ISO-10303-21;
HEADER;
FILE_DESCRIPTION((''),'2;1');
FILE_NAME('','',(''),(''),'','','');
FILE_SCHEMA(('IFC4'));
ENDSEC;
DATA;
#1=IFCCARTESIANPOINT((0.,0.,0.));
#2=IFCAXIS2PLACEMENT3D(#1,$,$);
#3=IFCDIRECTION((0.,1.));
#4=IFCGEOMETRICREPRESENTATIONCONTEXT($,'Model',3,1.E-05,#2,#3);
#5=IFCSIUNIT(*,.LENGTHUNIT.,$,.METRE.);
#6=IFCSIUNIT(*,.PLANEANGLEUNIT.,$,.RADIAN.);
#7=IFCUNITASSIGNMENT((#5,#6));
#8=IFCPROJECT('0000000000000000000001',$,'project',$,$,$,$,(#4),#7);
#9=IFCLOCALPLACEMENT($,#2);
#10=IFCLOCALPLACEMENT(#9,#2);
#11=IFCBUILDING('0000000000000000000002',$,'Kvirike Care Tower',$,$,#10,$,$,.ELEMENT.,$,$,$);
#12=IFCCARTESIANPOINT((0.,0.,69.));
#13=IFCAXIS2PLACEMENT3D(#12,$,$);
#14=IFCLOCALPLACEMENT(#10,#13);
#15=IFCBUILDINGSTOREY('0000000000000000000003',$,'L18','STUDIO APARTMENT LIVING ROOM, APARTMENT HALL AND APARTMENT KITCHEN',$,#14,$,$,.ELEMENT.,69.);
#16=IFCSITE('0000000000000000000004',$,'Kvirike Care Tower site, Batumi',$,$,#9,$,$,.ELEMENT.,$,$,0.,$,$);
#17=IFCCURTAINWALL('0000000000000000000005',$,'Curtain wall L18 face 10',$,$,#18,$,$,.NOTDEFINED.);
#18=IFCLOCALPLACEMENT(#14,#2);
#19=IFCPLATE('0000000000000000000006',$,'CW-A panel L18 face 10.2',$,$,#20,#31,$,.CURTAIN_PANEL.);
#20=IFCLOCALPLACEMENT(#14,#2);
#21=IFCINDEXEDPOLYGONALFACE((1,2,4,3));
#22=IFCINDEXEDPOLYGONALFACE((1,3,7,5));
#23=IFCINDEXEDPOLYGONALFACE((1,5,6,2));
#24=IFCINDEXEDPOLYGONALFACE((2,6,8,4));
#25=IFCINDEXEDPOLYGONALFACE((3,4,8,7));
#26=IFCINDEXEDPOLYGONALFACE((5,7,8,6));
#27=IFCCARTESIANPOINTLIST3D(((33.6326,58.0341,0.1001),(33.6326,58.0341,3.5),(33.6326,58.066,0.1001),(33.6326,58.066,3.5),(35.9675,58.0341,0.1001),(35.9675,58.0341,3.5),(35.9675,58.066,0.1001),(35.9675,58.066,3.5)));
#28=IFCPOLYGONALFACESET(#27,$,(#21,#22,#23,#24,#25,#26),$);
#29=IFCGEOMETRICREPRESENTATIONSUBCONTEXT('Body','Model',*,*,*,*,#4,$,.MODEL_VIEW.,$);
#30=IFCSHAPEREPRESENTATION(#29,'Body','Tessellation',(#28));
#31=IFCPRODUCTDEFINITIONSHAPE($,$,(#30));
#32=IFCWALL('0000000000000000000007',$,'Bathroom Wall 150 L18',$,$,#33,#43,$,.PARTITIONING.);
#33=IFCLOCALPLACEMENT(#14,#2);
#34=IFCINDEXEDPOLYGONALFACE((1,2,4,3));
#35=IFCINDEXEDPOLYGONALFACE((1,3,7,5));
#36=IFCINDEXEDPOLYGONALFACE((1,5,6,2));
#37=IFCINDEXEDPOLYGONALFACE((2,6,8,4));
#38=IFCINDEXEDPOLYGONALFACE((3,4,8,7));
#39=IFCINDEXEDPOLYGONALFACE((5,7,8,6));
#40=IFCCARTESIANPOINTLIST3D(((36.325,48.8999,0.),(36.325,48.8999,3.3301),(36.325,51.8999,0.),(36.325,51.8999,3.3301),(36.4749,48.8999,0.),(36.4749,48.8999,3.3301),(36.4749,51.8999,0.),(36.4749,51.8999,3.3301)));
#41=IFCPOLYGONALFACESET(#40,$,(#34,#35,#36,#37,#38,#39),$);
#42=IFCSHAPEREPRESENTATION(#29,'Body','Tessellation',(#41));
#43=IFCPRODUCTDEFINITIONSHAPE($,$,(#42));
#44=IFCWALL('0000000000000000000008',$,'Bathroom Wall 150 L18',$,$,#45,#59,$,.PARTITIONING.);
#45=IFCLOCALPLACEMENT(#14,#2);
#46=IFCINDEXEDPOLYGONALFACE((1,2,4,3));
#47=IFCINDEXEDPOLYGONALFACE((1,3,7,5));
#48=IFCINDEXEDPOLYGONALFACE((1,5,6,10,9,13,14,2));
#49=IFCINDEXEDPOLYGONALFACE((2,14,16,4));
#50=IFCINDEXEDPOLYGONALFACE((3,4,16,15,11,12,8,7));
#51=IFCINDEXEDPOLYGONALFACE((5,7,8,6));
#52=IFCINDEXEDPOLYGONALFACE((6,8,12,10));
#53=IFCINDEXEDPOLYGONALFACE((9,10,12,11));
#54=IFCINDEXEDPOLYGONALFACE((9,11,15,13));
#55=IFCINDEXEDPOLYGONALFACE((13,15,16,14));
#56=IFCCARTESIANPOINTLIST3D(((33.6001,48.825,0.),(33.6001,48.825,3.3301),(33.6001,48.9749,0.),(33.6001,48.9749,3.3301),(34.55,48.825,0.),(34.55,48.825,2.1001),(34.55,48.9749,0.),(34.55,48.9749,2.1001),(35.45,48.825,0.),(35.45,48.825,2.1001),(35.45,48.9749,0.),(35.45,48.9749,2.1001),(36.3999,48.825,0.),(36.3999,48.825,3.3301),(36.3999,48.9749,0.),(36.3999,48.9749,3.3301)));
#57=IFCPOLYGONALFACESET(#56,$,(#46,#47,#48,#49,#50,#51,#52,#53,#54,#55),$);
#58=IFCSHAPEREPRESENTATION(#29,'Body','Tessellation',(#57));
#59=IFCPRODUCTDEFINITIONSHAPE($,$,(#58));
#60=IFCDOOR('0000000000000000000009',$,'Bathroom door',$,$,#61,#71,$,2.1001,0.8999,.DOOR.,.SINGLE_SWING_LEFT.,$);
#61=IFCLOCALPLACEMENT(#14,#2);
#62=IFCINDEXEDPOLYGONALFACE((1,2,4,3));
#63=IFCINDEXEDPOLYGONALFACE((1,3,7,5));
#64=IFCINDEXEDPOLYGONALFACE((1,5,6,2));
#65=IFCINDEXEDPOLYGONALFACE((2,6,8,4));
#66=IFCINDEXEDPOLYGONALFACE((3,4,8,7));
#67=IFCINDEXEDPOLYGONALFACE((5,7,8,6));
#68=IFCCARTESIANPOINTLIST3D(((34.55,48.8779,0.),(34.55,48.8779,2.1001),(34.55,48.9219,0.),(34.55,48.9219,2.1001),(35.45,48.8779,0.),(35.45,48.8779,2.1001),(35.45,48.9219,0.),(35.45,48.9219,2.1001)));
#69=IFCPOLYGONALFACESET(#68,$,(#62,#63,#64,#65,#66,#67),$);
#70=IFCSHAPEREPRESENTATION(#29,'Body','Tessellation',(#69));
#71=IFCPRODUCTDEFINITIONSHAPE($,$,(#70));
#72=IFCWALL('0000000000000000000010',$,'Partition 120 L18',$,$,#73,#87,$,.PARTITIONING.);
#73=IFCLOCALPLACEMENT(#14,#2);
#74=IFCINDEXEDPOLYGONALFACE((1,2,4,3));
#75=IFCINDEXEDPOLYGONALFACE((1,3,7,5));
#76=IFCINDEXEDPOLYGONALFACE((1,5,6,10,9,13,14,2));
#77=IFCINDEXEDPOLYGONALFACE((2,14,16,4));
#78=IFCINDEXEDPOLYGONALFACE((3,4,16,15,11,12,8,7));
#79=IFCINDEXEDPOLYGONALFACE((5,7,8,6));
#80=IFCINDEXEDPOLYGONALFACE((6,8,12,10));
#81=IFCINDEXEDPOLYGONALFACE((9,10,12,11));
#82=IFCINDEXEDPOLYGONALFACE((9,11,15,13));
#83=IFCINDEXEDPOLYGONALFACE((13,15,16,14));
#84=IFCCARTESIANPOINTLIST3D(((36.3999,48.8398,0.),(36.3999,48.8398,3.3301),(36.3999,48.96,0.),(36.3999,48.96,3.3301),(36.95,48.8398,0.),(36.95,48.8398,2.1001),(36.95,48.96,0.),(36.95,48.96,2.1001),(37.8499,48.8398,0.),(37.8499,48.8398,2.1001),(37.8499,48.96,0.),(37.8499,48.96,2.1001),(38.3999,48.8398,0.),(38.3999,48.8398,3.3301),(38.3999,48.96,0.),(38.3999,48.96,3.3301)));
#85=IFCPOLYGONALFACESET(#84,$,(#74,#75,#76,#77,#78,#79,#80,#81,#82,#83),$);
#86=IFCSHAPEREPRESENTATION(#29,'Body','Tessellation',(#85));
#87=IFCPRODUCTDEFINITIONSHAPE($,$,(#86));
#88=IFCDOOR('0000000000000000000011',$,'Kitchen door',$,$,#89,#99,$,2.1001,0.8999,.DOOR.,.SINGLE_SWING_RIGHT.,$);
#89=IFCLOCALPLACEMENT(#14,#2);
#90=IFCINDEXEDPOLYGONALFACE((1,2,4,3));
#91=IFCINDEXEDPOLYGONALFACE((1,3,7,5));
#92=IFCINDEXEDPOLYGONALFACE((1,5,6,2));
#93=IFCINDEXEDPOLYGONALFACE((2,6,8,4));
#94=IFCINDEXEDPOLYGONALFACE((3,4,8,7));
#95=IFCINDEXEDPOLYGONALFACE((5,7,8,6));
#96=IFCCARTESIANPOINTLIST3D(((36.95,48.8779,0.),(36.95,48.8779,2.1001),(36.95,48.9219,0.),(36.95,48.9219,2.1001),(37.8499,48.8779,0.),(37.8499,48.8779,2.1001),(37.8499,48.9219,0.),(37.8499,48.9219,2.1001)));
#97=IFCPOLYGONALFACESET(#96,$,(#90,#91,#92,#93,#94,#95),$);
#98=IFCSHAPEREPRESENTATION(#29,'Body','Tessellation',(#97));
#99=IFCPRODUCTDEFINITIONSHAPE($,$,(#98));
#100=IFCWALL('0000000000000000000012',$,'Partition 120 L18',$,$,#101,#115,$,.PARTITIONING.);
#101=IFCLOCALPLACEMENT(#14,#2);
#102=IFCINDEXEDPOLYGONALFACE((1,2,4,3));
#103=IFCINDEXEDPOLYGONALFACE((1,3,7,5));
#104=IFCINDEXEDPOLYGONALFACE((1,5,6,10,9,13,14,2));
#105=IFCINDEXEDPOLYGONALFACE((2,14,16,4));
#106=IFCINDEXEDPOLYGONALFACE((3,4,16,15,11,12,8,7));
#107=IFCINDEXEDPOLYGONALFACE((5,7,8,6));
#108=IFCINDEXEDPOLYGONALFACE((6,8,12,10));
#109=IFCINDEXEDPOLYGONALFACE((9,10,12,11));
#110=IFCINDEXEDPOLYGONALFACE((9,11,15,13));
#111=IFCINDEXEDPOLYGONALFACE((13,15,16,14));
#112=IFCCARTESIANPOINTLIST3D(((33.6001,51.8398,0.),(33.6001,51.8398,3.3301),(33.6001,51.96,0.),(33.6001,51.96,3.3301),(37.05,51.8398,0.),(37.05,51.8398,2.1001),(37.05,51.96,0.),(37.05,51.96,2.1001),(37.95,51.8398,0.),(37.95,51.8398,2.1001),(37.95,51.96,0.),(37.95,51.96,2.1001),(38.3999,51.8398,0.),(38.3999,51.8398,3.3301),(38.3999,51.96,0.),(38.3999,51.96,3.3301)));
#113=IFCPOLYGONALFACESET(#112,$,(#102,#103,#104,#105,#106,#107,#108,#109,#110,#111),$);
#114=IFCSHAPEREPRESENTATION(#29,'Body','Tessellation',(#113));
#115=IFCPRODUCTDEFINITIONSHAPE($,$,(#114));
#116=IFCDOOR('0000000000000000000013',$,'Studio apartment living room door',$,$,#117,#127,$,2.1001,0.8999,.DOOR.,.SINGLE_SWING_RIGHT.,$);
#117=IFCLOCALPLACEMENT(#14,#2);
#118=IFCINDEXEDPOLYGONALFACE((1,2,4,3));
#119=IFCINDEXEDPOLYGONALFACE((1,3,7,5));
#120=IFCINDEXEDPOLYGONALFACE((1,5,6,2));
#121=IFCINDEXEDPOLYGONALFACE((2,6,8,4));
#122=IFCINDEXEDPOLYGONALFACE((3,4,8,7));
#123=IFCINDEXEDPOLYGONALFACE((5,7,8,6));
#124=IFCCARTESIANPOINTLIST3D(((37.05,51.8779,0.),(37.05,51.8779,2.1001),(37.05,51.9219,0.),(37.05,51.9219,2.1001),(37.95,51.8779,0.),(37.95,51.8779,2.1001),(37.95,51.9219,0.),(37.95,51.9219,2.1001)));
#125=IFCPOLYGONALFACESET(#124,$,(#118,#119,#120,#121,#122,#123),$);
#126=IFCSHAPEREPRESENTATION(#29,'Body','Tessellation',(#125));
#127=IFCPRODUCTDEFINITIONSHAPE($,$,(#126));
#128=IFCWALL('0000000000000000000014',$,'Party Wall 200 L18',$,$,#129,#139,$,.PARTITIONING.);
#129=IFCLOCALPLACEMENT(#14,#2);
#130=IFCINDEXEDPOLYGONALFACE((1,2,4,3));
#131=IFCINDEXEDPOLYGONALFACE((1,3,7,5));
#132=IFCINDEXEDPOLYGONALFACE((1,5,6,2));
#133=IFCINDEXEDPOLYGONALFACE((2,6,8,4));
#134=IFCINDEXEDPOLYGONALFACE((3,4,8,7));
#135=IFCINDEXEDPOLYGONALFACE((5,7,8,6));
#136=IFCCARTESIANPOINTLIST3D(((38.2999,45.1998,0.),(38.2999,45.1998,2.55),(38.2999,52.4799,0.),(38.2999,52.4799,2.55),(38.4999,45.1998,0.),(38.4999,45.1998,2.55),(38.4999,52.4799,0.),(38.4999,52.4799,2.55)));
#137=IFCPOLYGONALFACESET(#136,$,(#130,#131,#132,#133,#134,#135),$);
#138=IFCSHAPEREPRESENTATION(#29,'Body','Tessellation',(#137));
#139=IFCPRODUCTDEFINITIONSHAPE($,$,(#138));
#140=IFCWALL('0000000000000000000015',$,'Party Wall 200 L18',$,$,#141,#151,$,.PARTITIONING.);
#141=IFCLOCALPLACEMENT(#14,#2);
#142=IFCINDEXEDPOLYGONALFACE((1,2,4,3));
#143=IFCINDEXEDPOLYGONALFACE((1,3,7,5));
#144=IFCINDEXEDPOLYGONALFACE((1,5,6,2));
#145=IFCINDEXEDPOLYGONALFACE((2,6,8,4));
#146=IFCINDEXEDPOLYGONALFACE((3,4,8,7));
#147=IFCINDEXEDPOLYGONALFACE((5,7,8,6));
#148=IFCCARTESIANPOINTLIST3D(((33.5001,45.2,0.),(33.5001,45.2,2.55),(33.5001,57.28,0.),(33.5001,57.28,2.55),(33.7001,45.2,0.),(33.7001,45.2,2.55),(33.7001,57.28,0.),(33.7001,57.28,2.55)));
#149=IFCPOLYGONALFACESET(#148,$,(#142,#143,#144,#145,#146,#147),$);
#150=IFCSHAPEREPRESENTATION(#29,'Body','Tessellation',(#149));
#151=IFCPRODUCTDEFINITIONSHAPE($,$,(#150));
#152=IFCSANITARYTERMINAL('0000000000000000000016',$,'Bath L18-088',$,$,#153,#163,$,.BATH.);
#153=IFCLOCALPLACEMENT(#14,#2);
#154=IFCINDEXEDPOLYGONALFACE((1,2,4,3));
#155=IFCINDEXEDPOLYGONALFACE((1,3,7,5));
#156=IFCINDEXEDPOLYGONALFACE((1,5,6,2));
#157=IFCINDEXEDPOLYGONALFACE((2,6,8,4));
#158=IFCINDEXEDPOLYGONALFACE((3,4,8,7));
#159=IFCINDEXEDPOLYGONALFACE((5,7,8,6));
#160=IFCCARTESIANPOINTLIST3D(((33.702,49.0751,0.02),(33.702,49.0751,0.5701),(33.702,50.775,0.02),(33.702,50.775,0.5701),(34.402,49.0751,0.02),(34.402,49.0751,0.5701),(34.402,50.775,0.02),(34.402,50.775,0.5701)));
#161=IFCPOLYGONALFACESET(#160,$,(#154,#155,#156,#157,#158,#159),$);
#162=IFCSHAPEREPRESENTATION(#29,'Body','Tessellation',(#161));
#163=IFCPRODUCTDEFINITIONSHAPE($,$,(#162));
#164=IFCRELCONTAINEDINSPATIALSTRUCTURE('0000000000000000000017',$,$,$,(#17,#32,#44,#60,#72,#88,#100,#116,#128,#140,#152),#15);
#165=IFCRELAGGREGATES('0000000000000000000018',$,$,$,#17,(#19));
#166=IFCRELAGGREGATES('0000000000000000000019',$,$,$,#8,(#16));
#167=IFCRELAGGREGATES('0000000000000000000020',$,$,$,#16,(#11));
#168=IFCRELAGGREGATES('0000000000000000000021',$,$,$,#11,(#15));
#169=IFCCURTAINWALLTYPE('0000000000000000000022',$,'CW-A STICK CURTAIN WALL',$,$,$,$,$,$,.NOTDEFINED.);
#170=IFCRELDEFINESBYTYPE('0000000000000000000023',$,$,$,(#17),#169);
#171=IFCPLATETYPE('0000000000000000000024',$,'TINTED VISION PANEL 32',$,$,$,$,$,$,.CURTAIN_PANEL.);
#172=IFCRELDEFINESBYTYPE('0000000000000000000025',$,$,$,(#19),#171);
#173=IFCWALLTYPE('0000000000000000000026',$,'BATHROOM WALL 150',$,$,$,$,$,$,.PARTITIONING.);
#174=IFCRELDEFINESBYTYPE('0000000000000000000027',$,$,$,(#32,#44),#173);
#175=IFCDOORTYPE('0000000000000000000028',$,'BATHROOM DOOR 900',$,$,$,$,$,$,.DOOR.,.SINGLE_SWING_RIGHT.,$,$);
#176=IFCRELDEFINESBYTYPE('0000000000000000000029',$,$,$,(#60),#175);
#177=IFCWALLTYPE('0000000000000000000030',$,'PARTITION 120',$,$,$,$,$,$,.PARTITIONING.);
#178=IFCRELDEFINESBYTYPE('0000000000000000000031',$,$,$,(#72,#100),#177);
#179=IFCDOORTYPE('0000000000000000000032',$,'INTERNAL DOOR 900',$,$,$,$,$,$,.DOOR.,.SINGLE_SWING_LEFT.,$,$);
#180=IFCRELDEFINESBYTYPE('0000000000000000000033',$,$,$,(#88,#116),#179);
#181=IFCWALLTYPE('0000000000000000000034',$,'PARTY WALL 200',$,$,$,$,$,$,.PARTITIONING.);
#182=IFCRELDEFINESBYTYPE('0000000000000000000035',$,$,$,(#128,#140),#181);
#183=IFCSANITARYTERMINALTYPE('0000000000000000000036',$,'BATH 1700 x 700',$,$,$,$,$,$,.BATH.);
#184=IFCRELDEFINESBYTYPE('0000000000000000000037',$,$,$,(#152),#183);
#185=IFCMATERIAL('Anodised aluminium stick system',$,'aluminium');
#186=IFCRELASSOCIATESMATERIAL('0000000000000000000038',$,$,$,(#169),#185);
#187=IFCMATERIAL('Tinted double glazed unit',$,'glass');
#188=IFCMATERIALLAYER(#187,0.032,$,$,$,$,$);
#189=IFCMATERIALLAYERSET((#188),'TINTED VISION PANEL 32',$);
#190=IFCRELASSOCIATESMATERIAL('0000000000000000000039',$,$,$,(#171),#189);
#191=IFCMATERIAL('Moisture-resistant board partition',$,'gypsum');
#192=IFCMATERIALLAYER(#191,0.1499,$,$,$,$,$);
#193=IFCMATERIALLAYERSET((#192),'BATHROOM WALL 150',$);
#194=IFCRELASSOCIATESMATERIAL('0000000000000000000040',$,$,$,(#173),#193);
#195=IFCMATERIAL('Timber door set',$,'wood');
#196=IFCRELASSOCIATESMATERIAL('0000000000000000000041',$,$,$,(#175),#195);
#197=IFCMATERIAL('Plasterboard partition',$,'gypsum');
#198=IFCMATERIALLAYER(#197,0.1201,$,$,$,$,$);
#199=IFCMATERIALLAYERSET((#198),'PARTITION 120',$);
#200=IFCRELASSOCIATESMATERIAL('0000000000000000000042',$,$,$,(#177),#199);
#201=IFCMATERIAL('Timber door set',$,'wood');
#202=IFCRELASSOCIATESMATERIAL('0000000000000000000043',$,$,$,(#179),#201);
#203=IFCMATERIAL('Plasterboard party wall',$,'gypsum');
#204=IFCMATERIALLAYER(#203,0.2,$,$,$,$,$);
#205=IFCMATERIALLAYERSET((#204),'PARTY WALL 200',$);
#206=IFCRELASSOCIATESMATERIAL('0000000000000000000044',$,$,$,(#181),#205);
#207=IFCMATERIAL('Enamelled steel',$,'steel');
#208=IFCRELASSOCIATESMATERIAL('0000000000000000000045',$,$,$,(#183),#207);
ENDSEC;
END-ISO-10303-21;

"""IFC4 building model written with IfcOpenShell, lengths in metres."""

from ifc_helpers import new_model, si_unit, direction, frame, frame_2d, origin, origin_2d, place, context, subcontext, project, spatial, rectangle, extrude, material, layer, layer_set, type_object, element, fill, aggregate, save


model = new_model("IFC4")

# Units and contexts
model_context = context("Model", 3, precision=1e-05, world=origin(), true_north=direction((0.0, 1.0)))
body_context = subcontext(model_context, "Body", "Model", "MODEL_VIEW")
ifc_project = project(units=[si_unit("LENGTHUNIT", "METRE"), si_unit("PLANEANGLEUNIT", "RADIAN")], contexts=[model_context])

# Site, building, storey
site_placement = place(None, origin())
site = spatial("IfcSite", under=ifc_project, at=site_placement, Name="Kvirike Care Tower site, Batumi", CompositionType="ELEMENT", RefElevation=0.0)
building_placement = place(site_placement, origin())
building = spatial("IfcBuilding", under=site, at=building_placement, Name="Kvirike Care Tower", CompositionType="ELEMENT")
storey_placement = place(building_placement, frame((0.0, 0.0, 69.0)))
storey = spatial("IfcBuildingStorey", under=building, at=storey_placement, Name="L18", Description="STUDIO APARTMENT LIVING ROOM, APARTMENT HALL AND APARTMENT KITCHEN", CompositionType="ELEMENT", Elevation=69.0)

# Curtain wall
ifc_material_1 = material(Name="Anodised aluminium stick system", Category="aluminium")
curtain_wall_type = type_object("IfcCurtainWallType", Name="CW-A STICK CURTAIN WALL", PredefinedType="NOTDEFINED", material=ifc_material_1)
curtain_wall_placement = place(storey_placement, origin())
curtain_wall = element("IfcCurtainWall", 1, at=curtain_wall_placement, inside=storey, type_object=curtain_wall_type, Name="Curtain wall L18 face 10", PredefinedType="NOTDEFINED")

# Plate
ifc_material_2 = material(Name="Tinted double glazed unit", Category="glass")
ifc_layer_1 = layer(ifc_material_2, 0.032)
ifc_layer_set_1 = layer_set([ifc_layer_1], Name="TINTED VISION PANEL 32")
plate_type = type_object("IfcPlateType", Name="TINTED VISION PANEL 32", PredefinedType="CURTAIN_PANEL", material=ifc_layer_set_1)
plate_1_placement = place(storey_placement, frame((34.8, 58.05, 0.1001), z_axis=(0.0, 0.0, 1.0), x_axis=(-1.0, 0.0, 0.0)))
plate_1 = element("IfcPlate", 2, at=plate_1_placement, type_object=plate_type, Name="CW-A panel L18 face 10.2", PredefinedType="CURTAIN_PANEL", context=body_context, shape_type="SweptSolid", body=[
    extrude(rectangle(XDim=2.335, YDim=0.032, at=origin_2d()), origin(), (0.0, 0.0, 1.0), 3.3999),
])
aggregate(curtain_wall, [plate_1])

# Wall
ifc_material_3 = material(Name="Moisture-resistant board partition", Category="gypsum")
ifc_layer_2 = layer(ifc_material_3, 0.1499)
ifc_layer_set_2 = layer_set([ifc_layer_2], Name="BATHROOM WALL 150")
wall_type_1 = type_object("IfcWallType", Name="BATHROOM WALL 150", PredefinedType="PARTITIONING", material=ifc_layer_set_2)
wall_1_placement = place(storey_placement, frame((36.3999, 51.8999, 0.0), z_axis=(0.0, 0.0, 1.0), x_axis=(0.0, -1.0, 0.0)))
element("IfcWall", 3, at=wall_1_placement, inside=storey, type_object=wall_type_1, Name="Bathroom Wall 150 L18", PredefinedType="PARTITIONING", context=body_context, shape_type="SweptSolid", body=[
    extrude(rectangle(XDim=3.0, YDim=0.1499, at=frame_2d((1.5, 0.0))), origin(), (0.0, 0.0, 1.0), 3.3301),
])

# Walls, openings, doors
wall_2_placement = place(storey_placement, frame((36.3999, 48.8999, 0.0), z_axis=(0.0, 0.0, 1.0), x_axis=(-1.0, 0.0, 0.0)))
wall_2 = element("IfcWall", 4, at=wall_2_placement, inside=storey, type_object=wall_type_1, Name="Bathroom Wall 150 L18", PredefinedType="PARTITIONING", context=body_context, shape_type="SweptSolid", body=[
    extrude(rectangle(XDim=2.7998, YDim=0.1499, at=frame_2d((1.3999, 0.0))), origin(), (0.0, 0.0, 1.0), 3.3301),
])
opening_1_placement = place(wall_2_placement, frame((0.95, 0.0, 0.0)))
opening_1 = element("IfcOpeningElement", 5, at=opening_1_placement, cuts=wall_2, PredefinedType="OPENING", context=body_context, shape_type="SweptSolid", body=[
    extrude(rectangle(XDim=0.8999, YDim=2.1001, at=frame_2d((0.45, 1.05))), frame((0.0, 0.0854, 0.0), z_axis=(0.0, -1.0, 0.0), x_axis=(1.0, 0.0, 0.0)), (0.0, 0.0, 1.0), 0.1709),
])
ifc_material_4 = material(Name="Timber door set", Category="wood")
door_type_1 = type_object("IfcDoorType", Name="BATHROOM DOOR 900", OperationType="SINGLE_SWING_RIGHT", PredefinedType="DOOR", material=ifc_material_4)
door_1_placement = place(opening_1_placement, frame((0.8999, 0.0, 0.0), z_axis=(0.0, 0.0, 1.0), x_axis=(-1.0, 0.0, 0.0)))
door_1 = element("IfcDoor", 6, at=door_1_placement, inside=storey, type_object=door_type_1, Name="Bathroom door", OperationType="SINGLE_SWING_LEFT", OverallHeight=2.1001, OverallWidth=0.8999, PredefinedType="DOOR", context=body_context, shape_type="SweptSolid", body=[
    extrude(rectangle(XDim=0.8999, YDim=2.1001, at=frame_2d((0.45, 1.05))), frame((0.0, 0.022, 0.0), z_axis=(0.0, -1.0, 0.0), x_axis=(1.0, 0.0, 0.0)), (0.0, 0.0, 1.0), 0.0439),
])
fill(opening_1, door_1)
ifc_material_5 = material(Name="Plasterboard partition", Category="gypsum")
ifc_layer_3 = layer(ifc_material_5, 0.1201)
ifc_layer_set_3 = layer_set([ifc_layer_3], Name="PARTITION 120")
wall_type_2 = type_object("IfcWallType", Name="PARTITION 120", PredefinedType="PARTITIONING", material=ifc_layer_set_3)
wall_3_placement = place(storey_placement, frame((38.3999, 48.8999, 0.0), z_axis=(0.0, 0.0, 1.0), x_axis=(-1.0, 0.0, 0.0)))
wall_3 = element("IfcWall", 7, at=wall_3_placement, inside=storey, type_object=wall_type_2, Name="Partition 120 L18", PredefinedType="PARTITIONING", context=body_context, shape_type="SweptSolid", body=[
    extrude(rectangle(XDim=2.0, YDim=0.1201, at=frame_2d((1.0, 0.0))), origin(), (0.0, 0.0, 1.0), 3.3301),
])
opening_2_placement = place(wall_3_placement, frame((0.55, 0.0, 0.0)))
opening_2 = element("IfcOpeningElement", 8, at=opening_2_placement, cuts=wall_3, PredefinedType="OPENING", context=body_context, shape_type="SweptSolid", body=[
    extrude(rectangle(XDim=0.8999, YDim=2.1001, at=frame_2d((0.45, 1.05))), frame((0.0, 0.0706, 0.0), z_axis=(0.0, -1.0, 0.0), x_axis=(1.0, 0.0, 0.0)), (0.0, 0.0, 1.0), 0.1411),
])
ifc_material_6 = material(Name="Timber door set", Category="wood")
door_type_2 = type_object("IfcDoorType", Name="INTERNAL DOOR 900", OperationType="SINGLE_SWING_LEFT", PredefinedType="DOOR", material=ifc_material_6)
door_2_placement = place(opening_2_placement, frame((0.8999, 0.0, 0.0), z_axis=(0.0, 0.0, 1.0), x_axis=(-1.0, 0.0, 0.0)))
door_2 = element("IfcDoor", 9, at=door_2_placement, inside=storey, type_object=door_type_2, Name="Kitchen door", OperationType="SINGLE_SWING_RIGHT", OverallHeight=2.1001, OverallWidth=0.8999, PredefinedType="DOOR", context=body_context, shape_type="SweptSolid", body=[
    extrude(rectangle(XDim=0.8999, YDim=2.1001, at=frame_2d((0.45, 1.05))), frame((0.0, 0.022, 0.0), z_axis=(0.0, -1.0, 0.0), x_axis=(1.0, 0.0, 0.0)), (0.0, 0.0, 1.0), 0.0439),
])
fill(opening_2, door_2)
wall_4_placement = place(storey_placement, frame((38.3999, 51.8999, 0.0), z_axis=(0.0, 0.0, 1.0), x_axis=(-1.0, 0.0, 0.0)))
wall_4 = element("IfcWall", 10, at=wall_4_placement, inside=storey, type_object=wall_type_2, Name="Partition 120 L18", PredefinedType="PARTITIONING", context=body_context, shape_type="SweptSolid", body=[
    extrude(rectangle(XDim=4.7998, YDim=0.1201, at=frame_2d((2.3999, 0.0))), origin(), (0.0, 0.0, 1.0), 3.3301),
])
opening_3_placement = place(wall_4_placement, frame((0.45, 0.0, 0.0)))
opening_3 = element("IfcOpeningElement", 11, at=opening_3_placement, cuts=wall_4, PredefinedType="OPENING", context=body_context, shape_type="SweptSolid", body=[
    extrude(rectangle(XDim=0.8999, YDim=2.1001, at=frame_2d((0.45, 1.05))), frame((0.0, 0.0706, 0.0), z_axis=(0.0, -1.0, 0.0), x_axis=(1.0, 0.0, 0.0)), (0.0, 0.0, 1.0), 0.1411),
])
door_3_placement = place(opening_3_placement, origin())
door_3 = element("IfcDoor", 12, at=door_3_placement, inside=storey, type_object=door_type_2, Name="Studio apartment living room door", OperationType="SINGLE_SWING_RIGHT", OverallHeight=2.1001, OverallWidth=0.8999, PredefinedType="DOOR", context=body_context, shape_type="SweptSolid", body=[
    extrude(rectangle(XDim=0.8999, YDim=2.1001, at=frame_2d((0.45, 1.05))), frame((0.0, 0.022, 0.0), z_axis=(0.0, -1.0, 0.0), x_axis=(1.0, 0.0, 0.0)), (0.0, 0.0, 1.0), 0.0439),
])
fill(opening_3, door_3)

# Walls
ifc_material_7 = material(Name="Plasterboard party wall", Category="gypsum")
ifc_layer_4 = layer(ifc_material_7, 0.2)
ifc_layer_set_4 = layer_set([ifc_layer_4], Name="PARTY WALL 200")
wall_type_3 = type_object("IfcWallType", Name="PARTY WALL 200", PredefinedType="PARTITIONING", material=ifc_layer_set_4)
wall_5_placement = place(storey_placement, frame((38.3999, 52.48, 0.0), z_axis=(0.0, 0.0, 1.0), x_axis=(0.0, -1.0, 0.0)))
element("IfcWall", 13, at=wall_5_placement, inside=storey, type_object=wall_type_3, Name="Party Wall 200 L18", PredefinedType="PARTITIONING", context=body_context, shape_type="SweptSolid", body=[
    extrude(rectangle(XDim=7.28, YDim=0.2, at=frame_2d((3.6401, 0.0))), origin(), (0.0, 0.0, 1.0), 2.55),
])
wall_6_placement = place(storey_placement, frame((33.6001, 57.28, 0.0), z_axis=(0.0, 0.0, 1.0), x_axis=(0.0, -1.0, 0.0)))
element("IfcWall", 14, at=wall_6_placement, inside=storey, type_object=wall_type_3, Name="Party Wall 200 L18", PredefinedType="PARTITIONING", context=body_context, shape_type="SweptSolid", body=[
    extrude(rectangle(XDim=12.0801, YDim=0.2, at=frame_2d((6.04, 0.0))), origin(), (0.0, 0.0, 1.0), 2.55),
])

# Sanitary terminal
ifc_material_8 = material(Name="Enamelled steel", Category="steel")
sanitary_terminal_type_1 = type_object("IfcSanitaryTerminalType", Name="BATH 1700 x 700", PredefinedType="BATH", material=ifc_material_8)
sanitary_terminal_1_placement = place(storey_placement, frame((34.052, 49.925, 0.02), z_axis=(0.0, 0.0, 1.0), x_axis=(0.0, 1.0, 0.0)))
element("IfcSanitaryTerminal", 15, at=sanitary_terminal_1_placement, inside=storey, type_object=sanitary_terminal_type_1, Name="Bath L18-088", PredefinedType="BATH", context=body_context, shape_type="SweptSolid", body=[
    extrude(rectangle(XDim=1.7, YDim=0.7, at=origin_2d()), origin(), (0.0, 0.0, 1.0), 0.55),
])

save(model, "model.ifc")
